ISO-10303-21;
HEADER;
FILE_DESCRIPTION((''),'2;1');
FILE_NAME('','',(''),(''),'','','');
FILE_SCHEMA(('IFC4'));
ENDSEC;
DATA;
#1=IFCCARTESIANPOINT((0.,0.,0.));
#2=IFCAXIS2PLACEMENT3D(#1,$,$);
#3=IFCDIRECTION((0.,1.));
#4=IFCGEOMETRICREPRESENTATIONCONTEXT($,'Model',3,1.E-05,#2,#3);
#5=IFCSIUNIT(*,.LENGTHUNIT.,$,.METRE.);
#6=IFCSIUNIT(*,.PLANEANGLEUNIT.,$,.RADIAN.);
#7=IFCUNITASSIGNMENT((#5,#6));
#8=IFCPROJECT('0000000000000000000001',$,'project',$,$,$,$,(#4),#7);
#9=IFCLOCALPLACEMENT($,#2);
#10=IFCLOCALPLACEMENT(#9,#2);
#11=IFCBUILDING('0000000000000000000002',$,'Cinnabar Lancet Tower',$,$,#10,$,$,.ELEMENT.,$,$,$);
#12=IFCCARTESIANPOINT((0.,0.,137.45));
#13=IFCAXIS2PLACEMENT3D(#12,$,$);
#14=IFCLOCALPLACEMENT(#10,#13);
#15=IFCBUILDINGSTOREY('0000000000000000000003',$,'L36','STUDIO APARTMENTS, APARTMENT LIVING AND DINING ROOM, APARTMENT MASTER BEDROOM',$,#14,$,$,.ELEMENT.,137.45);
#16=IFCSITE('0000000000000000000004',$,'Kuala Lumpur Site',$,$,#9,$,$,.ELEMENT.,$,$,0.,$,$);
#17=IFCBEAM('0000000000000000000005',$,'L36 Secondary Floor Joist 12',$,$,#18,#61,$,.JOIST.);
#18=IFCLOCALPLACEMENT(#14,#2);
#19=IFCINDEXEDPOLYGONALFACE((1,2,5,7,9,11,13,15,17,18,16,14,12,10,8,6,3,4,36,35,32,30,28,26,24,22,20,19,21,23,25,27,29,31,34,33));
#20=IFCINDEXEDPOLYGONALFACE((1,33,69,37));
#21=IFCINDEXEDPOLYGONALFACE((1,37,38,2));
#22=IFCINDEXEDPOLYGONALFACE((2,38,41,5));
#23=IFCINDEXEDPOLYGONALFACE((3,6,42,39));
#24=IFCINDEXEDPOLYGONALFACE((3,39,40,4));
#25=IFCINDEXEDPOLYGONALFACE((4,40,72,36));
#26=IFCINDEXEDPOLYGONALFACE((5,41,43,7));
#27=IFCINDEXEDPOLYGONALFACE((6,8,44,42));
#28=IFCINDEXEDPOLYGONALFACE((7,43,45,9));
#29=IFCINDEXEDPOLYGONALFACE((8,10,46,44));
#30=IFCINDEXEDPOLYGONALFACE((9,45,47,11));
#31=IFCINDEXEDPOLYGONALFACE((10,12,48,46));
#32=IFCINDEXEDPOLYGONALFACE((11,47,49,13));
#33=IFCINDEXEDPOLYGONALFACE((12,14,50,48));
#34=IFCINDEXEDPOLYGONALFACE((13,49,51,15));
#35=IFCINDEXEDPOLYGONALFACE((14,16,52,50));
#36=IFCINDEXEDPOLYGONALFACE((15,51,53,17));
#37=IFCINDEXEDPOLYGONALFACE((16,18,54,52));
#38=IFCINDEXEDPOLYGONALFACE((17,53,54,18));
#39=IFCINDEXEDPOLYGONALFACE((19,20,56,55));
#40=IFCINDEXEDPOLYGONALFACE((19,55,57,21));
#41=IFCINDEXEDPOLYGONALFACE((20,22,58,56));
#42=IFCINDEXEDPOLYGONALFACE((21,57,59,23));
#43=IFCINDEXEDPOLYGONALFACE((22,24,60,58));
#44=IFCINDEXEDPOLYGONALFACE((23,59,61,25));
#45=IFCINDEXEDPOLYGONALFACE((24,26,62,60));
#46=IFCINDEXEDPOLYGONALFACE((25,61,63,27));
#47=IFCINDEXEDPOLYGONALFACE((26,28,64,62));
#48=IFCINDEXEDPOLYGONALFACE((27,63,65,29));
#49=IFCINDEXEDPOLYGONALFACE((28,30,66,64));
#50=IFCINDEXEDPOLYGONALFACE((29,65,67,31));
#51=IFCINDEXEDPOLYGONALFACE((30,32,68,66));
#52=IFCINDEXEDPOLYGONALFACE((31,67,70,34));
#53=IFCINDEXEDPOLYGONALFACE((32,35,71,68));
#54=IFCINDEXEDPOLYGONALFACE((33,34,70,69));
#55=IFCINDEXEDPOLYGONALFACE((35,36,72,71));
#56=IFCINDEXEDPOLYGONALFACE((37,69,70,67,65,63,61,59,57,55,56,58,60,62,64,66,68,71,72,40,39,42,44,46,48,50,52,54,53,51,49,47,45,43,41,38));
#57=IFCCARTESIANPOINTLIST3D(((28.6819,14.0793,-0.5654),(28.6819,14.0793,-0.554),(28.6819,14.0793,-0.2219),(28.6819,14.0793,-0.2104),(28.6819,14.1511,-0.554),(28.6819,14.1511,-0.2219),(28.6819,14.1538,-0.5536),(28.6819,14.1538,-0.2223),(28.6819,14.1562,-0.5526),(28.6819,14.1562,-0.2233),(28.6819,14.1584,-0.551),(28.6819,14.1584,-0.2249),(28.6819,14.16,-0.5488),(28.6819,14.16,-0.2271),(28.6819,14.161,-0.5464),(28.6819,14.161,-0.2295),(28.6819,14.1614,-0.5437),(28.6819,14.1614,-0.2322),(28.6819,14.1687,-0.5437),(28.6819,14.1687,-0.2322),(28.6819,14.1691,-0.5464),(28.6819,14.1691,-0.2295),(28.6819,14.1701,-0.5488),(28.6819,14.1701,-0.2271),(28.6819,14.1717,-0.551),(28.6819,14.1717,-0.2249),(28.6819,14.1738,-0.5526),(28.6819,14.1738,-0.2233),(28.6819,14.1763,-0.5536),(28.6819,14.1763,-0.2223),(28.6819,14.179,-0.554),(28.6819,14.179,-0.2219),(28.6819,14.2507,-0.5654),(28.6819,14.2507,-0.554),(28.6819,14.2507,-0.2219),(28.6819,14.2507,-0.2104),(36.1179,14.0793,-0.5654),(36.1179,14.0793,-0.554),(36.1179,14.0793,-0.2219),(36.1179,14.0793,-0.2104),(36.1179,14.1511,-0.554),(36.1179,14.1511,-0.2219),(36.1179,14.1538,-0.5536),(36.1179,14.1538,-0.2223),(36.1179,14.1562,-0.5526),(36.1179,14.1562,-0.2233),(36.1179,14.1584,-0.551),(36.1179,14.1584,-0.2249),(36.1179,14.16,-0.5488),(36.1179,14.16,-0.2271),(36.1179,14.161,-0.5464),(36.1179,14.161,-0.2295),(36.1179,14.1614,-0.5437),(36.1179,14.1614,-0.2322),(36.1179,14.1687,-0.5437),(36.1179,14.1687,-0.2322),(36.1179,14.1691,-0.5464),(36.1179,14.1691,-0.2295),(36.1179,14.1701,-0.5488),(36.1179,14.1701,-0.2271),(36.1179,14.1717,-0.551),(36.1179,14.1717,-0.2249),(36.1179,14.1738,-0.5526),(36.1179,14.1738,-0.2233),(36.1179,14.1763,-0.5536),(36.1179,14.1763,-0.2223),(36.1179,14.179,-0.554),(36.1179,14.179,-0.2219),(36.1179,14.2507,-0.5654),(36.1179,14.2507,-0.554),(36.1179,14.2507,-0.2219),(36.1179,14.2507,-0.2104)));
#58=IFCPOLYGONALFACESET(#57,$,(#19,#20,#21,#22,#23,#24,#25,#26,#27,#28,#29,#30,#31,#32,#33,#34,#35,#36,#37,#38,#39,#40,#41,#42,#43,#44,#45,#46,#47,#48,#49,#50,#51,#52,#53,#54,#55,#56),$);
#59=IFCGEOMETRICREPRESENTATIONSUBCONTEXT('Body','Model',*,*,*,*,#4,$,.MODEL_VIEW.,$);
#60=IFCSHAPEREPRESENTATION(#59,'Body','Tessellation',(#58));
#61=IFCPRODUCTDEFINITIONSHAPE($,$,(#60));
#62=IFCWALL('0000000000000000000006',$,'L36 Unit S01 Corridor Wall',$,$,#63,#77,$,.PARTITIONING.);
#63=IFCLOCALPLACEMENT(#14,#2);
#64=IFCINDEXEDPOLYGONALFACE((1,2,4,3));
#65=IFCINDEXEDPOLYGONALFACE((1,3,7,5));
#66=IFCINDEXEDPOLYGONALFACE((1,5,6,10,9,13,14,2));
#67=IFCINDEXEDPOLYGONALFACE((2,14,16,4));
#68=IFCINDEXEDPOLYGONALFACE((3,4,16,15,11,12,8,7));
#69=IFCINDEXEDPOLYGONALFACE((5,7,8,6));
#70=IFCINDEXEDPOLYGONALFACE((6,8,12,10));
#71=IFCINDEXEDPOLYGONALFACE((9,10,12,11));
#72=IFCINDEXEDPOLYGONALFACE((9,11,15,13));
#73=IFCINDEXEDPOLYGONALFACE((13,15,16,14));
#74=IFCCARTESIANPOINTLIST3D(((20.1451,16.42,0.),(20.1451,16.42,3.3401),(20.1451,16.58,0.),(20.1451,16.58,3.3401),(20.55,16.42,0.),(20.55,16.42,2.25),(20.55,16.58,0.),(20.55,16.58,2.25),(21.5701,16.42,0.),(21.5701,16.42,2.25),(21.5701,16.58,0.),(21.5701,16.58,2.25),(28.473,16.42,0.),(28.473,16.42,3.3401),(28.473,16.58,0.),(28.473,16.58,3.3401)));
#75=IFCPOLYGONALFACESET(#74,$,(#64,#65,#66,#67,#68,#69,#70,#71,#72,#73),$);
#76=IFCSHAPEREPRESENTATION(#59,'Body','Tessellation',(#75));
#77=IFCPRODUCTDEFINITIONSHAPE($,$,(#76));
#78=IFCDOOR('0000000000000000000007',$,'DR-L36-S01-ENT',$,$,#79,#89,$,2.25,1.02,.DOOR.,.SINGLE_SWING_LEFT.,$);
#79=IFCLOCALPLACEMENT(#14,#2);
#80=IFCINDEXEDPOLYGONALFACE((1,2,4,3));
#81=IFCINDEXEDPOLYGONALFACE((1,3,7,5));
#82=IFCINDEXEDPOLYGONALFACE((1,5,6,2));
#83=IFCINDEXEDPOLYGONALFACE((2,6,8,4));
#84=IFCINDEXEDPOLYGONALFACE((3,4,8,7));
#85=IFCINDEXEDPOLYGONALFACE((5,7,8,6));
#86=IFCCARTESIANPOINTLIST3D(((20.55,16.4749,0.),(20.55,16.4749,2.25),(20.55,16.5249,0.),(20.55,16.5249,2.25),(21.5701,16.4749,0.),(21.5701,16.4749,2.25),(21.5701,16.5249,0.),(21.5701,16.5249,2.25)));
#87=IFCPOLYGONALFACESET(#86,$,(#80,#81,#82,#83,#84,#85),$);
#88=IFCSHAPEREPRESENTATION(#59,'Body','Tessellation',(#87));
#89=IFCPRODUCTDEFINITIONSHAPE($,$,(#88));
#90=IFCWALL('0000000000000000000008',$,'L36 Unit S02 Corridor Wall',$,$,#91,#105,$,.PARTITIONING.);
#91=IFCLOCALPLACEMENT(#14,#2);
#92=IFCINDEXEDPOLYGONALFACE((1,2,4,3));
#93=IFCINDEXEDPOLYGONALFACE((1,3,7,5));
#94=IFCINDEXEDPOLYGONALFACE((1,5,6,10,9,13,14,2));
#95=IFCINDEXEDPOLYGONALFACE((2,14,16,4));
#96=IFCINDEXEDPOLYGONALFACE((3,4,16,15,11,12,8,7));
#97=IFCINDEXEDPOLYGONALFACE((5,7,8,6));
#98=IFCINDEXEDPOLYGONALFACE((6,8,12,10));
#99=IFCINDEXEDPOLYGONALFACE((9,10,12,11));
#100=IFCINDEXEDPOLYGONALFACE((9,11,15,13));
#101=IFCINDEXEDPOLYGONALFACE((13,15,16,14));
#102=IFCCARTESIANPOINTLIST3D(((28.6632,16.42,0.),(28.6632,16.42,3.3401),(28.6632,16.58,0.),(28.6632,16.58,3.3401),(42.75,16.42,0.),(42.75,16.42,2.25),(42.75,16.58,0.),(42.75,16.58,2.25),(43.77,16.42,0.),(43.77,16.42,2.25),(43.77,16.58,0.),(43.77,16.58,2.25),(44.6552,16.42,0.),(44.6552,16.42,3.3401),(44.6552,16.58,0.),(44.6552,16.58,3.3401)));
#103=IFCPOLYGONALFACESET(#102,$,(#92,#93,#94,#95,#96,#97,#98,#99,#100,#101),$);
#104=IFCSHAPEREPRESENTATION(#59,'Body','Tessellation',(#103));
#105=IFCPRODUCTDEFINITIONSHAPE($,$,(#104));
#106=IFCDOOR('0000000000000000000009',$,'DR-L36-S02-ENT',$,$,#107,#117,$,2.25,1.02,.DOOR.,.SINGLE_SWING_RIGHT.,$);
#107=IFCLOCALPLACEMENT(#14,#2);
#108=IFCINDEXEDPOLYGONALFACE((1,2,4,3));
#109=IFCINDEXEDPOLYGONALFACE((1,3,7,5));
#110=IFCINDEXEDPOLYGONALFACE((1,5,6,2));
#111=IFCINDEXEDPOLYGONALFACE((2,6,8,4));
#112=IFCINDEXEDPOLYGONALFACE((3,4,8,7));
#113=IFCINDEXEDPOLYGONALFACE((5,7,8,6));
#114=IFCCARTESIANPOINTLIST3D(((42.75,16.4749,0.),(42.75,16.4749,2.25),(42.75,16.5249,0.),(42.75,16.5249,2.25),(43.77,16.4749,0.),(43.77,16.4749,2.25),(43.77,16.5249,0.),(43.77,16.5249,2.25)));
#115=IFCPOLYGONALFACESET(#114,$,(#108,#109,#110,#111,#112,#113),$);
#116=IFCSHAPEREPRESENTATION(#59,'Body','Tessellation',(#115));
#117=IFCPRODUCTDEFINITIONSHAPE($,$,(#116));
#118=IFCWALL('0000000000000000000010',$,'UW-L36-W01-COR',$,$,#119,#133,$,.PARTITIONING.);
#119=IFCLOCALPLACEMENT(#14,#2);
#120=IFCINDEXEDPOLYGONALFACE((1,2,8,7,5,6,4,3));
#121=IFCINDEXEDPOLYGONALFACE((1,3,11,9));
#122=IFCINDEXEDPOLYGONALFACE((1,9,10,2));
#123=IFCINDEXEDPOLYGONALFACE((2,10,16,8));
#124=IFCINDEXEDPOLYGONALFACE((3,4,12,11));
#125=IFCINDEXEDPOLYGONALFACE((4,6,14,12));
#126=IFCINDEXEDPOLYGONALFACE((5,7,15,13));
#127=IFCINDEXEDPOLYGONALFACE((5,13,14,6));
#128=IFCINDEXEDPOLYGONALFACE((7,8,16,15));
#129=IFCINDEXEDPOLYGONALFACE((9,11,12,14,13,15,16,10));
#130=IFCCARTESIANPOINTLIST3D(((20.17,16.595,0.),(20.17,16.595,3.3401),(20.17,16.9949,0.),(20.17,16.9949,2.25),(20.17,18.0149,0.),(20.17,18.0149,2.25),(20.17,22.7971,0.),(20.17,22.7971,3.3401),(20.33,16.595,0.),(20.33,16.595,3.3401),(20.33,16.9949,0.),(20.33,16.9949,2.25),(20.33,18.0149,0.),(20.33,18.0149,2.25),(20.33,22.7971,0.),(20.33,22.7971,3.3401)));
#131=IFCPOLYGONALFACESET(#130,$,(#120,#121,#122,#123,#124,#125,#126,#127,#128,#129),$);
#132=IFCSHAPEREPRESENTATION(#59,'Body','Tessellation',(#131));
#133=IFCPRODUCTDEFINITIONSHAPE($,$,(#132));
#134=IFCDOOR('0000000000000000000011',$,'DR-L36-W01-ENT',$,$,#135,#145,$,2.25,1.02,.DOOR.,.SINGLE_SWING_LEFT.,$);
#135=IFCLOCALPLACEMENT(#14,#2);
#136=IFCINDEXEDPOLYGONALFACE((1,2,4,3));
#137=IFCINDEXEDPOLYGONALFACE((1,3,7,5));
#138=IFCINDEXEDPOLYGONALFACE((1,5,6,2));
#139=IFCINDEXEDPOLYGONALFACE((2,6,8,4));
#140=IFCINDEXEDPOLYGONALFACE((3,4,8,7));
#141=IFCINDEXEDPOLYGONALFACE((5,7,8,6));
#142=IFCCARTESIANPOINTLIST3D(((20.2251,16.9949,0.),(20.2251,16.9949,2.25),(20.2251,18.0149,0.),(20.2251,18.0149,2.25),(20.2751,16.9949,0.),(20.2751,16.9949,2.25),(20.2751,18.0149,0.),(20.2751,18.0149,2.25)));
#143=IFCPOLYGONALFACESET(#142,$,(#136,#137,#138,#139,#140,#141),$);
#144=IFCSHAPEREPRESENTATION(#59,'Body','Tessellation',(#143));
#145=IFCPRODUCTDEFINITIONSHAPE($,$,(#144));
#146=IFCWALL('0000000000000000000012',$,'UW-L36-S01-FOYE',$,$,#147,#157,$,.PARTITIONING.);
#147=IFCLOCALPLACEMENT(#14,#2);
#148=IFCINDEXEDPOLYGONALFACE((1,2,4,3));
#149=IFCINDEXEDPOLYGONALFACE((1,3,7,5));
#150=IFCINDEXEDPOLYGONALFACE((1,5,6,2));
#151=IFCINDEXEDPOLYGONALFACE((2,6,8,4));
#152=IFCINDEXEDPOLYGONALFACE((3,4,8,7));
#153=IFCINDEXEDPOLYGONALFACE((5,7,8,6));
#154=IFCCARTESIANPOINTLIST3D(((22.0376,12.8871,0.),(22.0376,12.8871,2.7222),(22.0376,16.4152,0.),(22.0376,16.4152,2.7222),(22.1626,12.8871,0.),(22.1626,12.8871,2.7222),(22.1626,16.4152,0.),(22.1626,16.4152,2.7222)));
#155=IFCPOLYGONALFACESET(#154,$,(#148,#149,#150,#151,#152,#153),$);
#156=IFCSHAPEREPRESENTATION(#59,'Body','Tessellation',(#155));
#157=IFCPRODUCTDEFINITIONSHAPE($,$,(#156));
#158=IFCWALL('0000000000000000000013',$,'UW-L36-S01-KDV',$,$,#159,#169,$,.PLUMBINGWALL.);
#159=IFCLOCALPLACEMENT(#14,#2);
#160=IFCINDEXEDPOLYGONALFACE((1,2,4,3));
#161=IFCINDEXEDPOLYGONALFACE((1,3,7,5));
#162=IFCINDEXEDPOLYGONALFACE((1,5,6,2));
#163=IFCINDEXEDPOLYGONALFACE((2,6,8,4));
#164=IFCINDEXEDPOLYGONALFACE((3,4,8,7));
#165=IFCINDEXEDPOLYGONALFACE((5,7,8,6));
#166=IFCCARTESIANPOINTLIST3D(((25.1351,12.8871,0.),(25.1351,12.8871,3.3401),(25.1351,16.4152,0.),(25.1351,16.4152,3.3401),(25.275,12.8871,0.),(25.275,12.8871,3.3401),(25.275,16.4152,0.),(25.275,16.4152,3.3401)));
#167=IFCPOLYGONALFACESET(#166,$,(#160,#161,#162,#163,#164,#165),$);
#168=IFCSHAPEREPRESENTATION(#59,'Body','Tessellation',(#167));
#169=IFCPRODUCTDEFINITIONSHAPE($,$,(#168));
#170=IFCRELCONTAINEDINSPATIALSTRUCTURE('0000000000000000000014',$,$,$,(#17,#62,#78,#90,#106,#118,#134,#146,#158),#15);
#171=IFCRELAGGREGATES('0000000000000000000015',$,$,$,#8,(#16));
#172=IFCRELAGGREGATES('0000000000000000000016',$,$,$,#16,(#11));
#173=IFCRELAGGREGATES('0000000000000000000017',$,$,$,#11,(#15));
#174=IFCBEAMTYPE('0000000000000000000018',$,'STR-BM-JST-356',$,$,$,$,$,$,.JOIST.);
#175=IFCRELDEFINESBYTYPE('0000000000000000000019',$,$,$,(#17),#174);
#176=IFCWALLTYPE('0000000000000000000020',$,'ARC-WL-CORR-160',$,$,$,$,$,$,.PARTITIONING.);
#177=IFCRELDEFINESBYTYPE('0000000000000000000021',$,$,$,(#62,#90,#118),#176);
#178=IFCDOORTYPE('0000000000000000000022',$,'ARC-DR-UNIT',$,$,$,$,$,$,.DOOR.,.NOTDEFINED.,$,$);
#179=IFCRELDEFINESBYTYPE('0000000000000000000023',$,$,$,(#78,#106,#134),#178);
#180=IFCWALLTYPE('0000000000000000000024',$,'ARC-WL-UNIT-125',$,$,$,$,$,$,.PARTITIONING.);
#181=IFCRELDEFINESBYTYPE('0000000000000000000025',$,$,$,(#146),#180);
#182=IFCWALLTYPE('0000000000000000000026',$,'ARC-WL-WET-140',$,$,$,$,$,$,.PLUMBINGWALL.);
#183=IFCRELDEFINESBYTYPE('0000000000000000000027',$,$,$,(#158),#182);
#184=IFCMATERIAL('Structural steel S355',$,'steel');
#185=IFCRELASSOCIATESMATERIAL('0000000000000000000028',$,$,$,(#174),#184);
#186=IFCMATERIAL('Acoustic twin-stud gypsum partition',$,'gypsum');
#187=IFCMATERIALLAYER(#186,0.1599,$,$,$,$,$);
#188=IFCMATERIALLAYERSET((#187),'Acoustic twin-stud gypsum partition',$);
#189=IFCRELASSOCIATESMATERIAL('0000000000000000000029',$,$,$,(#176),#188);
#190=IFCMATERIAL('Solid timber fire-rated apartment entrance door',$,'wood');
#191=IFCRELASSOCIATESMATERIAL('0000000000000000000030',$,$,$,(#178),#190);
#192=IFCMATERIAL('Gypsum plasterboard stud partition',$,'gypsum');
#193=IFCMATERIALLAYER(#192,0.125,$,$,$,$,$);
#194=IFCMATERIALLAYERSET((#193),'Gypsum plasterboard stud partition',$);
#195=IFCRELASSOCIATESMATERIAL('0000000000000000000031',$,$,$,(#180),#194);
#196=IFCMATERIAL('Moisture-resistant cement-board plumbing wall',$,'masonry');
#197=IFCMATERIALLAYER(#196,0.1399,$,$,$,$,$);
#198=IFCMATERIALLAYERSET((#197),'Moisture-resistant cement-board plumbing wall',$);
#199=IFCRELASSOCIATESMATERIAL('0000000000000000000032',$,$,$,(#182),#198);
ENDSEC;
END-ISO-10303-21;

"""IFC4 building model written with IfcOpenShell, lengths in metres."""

from ifc_helpers import new_model, si_unit, direction, frame, frame_2d, origin, origin_2d, place, context, subcontext, project, spatial, rectangle, i_section, extrude, material, layer, layer_set, material_profile, profile_set, type_object, element, fill, save


model = new_model("IFC4")

# Units and contexts
model_context = context("Model", 3, precision=1e-05, world=origin(), true_north=direction((0.0, 1.0)))
body_context = subcontext(model_context, "Body", "Model", "MODEL_VIEW")
ifc_project = project(units=[si_unit("LENGTHUNIT", "METRE"), si_unit("PLANEANGLEUNIT", "RADIAN")], contexts=[model_context])

# Site, building, storey
site_placement = place(None, origin())
site = spatial("IfcSite", under=ifc_project, at=site_placement, Name="Kuala Lumpur Site", CompositionType="ELEMENT", RefElevation=0.0)
building_placement = place(site_placement, origin())
building = spatial("IfcBuilding", under=site, at=building_placement, Name="Cinnabar Lancet Tower", CompositionType="ELEMENT")
storey_placement = place(building_placement, frame((0.0, 0.0, 137.45)))
storey = spatial("IfcBuildingStorey", under=building, at=storey_placement, Name="L36", Description="STUDIO APARTMENTS, APARTMENT LIVING AND DINING ROOM, APARTMENT MASTER BEDROOM", CompositionType="ELEMENT", Elevation=137.45)

# Beam
ifc_material_1 = material(Name="Structural steel S355", Category="steel")
ifc_material_profile = material_profile(ifc_material_1, i_section(OverallWidth=0.1714, OverallDepth=0.355, WebThickness=0.0073, FlangeThickness=0.0115, FilletRadius=0.0103, at=origin_2d()), Name="UKB 356x171x51")
ifc_profile_set = profile_set([ifc_material_profile], Name="Structural steel S355")
beam_type = type_object("IfcBeamType", Name="STR-BM-JST-356", PredefinedType="JOIST", material=ifc_profile_set)
beam_1_placement = place(storey_placement, frame((28.6819, 14.165, -0.3879), z_axis=(1.0, 0.0, 0.0), x_axis=(0.0, 1.0, 0.0)))
element("IfcBeam", 1, at=beam_1_placement, inside=storey, type_object=beam_type, Name="L36 Secondary Floor Joist 12", PredefinedType="JOIST", context=body_context, shape_type="SweptSolid", body=[
    extrude(i_section(OverallWidth=0.1714, OverallDepth=0.355, WebThickness=0.0073, FlangeThickness=0.0115, FilletRadius=0.0103, at=origin_2d()), origin(), (0.0, 0.0, 1.0), 7.436),
])

# Walls, openings, doors
ifc_material_2 = material(Name="Acoustic twin-stud gypsum partition", Category="gypsum")
ifc_layer_1 = layer(ifc_material_2, 0.1599)
ifc_layer_set_1 = layer_set([ifc_layer_1], Name="Acoustic twin-stud gypsum partition")
wall_type_1 = type_object("IfcWallType", Name="ARC-WL-CORR-160", PredefinedType="PARTITIONING", material=ifc_layer_set_1)
wall_1_placement = place(storey_placement, frame((20.145, 16.5, 0.0), z_axis=(0.0, 0.0, 1.0), x_axis=(1.0, 0.0, 0.0)))
wall_1 = element("IfcWall", 2, at=wall_1_placement, inside=storey, type_object=wall_type_1, Name="L36 Unit S01 Corridor Wall", PredefinedType="PARTITIONING", context=body_context, shape_type="SweptSolid", body=[
    extrude(rectangle(XDim=8.3279, YDim=0.1599, at=frame_2d((4.1641, 0.0))), origin(), (0.0, 0.0, 1.0), 3.3401),
])
opening_1_placement = place(wall_1_placement, frame((0.405, 0.0, 0.0)))
opening_1 = element("IfcOpeningElement", 3, at=opening_1_placement, cuts=wall_1, PredefinedType="OPENING", context=body_context, shape_type="SweptSolid", body=[
    extrude(rectangle(XDim=1.02, YDim=2.25, at=frame_2d((0.51, 1.125))), frame((0.0, 0.0898, 0.0), z_axis=(0.0, -1.0, 0.0), x_axis=(1.0, 0.0, 0.0)), (0.0, 0.0, 1.0), 0.1799),
])
ifc_material_3 = material(Name="Solid timber fire-rated apartment entrance door", Category="wood")
door_type = type_object("IfcDoorType", Name="ARC-DR-UNIT", OperationType="NOTDEFINED", PredefinedType="DOOR", material=ifc_material_3)
door_1_placement = place(opening_1_placement, origin())
door_1 = element("IfcDoor", 4, at=door_1_placement, inside=storey, type_object=door_type, Name="DR-L36-S01-ENT", OperationType="SINGLE_SWING_LEFT", OverallHeight=2.25, OverallWidth=1.02, PredefinedType="DOOR", context=body_context, shape_type="SweptSolid", body=[
    extrude(rectangle(XDim=1.02, YDim=2.25, at=frame_2d((0.51, 1.125))), frame((0.0, 0.0249, 0.0), z_axis=(0.0, -1.0, 0.0), x_axis=(1.0, 0.0, 0.0)), (0.0, 0.0, 1.0), 0.05),
])
fill(opening_1, door_1)
wall_2_placement = place(storey_placement, frame((28.6631, 16.5, 0.0), z_axis=(0.0, 0.0, 1.0), x_axis=(1.0, 0.0, 0.0)))
wall_2 = element("IfcWall", 5, at=wall_2_placement, inside=storey, type_object=wall_type_1, Name="L36 Unit S02 Corridor Wall", PredefinedType="PARTITIONING", context=body_context, shape_type="SweptSolid", body=[
    extrude(rectangle(XDim=15.9919, YDim=0.1599, at=frame_2d((7.9961, 0.0))), origin(), (0.0, 0.0, 1.0), 3.3401),
])
opening_2_placement = place(wall_2_placement, frame((14.0869, 0.0, 0.0)))
opening_2 = element("IfcOpeningElement", 6, at=opening_2_placement, cuts=wall_2, PredefinedType="OPENING", context=body_context, shape_type="SweptSolid", body=[
    extrude(rectangle(XDim=1.02, YDim=2.25, at=frame_2d((0.51, 1.125))), frame((0.0, 0.0898, 0.0), z_axis=(0.0, -1.0, 0.0), x_axis=(1.0, 0.0, 0.0)), (0.0, 0.0, 1.0), 0.1799),
])
door_2_placement = place(opening_2_placement, origin())
door_2 = element("IfcDoor", 7, at=door_2_placement, inside=storey, type_object=door_type, Name="DR-L36-S02-ENT", OperationType="SINGLE_SWING_RIGHT", OverallHeight=2.25, OverallWidth=1.02, PredefinedType="DOOR", context=body_context, shape_type="SweptSolid", body=[
    extrude(rectangle(XDim=1.02, YDim=2.25, at=frame_2d((0.51, 1.125))), frame((0.0, 0.0249, 0.0), z_axis=(0.0, -1.0, 0.0), x_axis=(1.0, 0.0, 0.0)), (0.0, 0.0, 1.0), 0.05),
])
fill(opening_2, door_2)
wall_3_placement = place(storey_placement, frame((20.25, 16.595, 0.0), z_axis=(0.0, 0.0, 1.0), x_axis=(0.0, 1.0, 0.0)))
wall_3 = element("IfcWall", 8, at=wall_3_placement, inside=storey, type_object=wall_type_1, Name="UW-L36-W01-COR", PredefinedType="PARTITIONING", context=body_context, shape_type="SweptSolid", body=[
    extrude(rectangle(XDim=6.2021, YDim=0.1599, at=frame_2d((3.1011, 0.0))), origin(), (0.0, 0.0, 1.0), 3.3401),
])
opening_3_placement = place(wall_3_placement, frame((0.3999, 0.0, 0.0)))
opening_3 = element("IfcOpeningElement", 9, at=opening_3_placement, cuts=wall_3, PredefinedType="OPENING", context=body_context, shape_type="SweptSolid", body=[
    extrude(rectangle(XDim=1.02, YDim=2.25, at=frame_2d((0.51, 1.125))), frame((0.0, 0.0898, 0.0), z_axis=(0.0, -1.0, 0.0), x_axis=(1.0, 0.0, 0.0)), (0.0, 0.0, 1.0), 0.1799),
])
door_3_placement = place(opening_3_placement, origin())
door_3 = element("IfcDoor", 10, at=door_3_placement, inside=storey, type_object=door_type, Name="DR-L36-W01-ENT", OperationType="SINGLE_SWING_LEFT", OverallHeight=2.25, OverallWidth=1.02, PredefinedType="DOOR", context=body_context, shape_type="SweptSolid", body=[
    extrude(rectangle(XDim=1.02, YDim=2.25, at=frame_2d((0.51, 1.125))), frame((0.0, 0.0249, 0.0), z_axis=(0.0, -1.0, 0.0), x_axis=(1.0, 0.0, 0.0)), (0.0, 0.0, 1.0), 0.05),
])
fill(opening_3, door_3)

# Walls
ifc_material_4 = material(Name="Gypsum plasterboard stud partition", Category="gypsum")
ifc_layer_2 = layer(ifc_material_4, 0.125)
ifc_layer_set_2 = layer_set([ifc_layer_2], Name="Gypsum plasterboard stud partition")
wall_type_2 = type_object("IfcWallType", Name="ARC-WL-UNIT-125", PredefinedType="PARTITIONING", material=ifc_layer_set_2)
wall_4_placement = place(storey_placement, frame((22.1001, 12.887, 0.0), z_axis=(0.0, 0.0, 1.0), x_axis=(0.0, 1.0, 0.0)))
element("IfcWall", 11, at=wall_4_placement, inside=storey, type_object=wall_type_2, Name="UW-L36-S01-FOYE", PredefinedType="PARTITIONING", context=body_context, shape_type="SweptSolid", body=[
    extrude(rectangle(XDim=3.5281, YDim=0.125, at=frame_2d((1.7642, 0.0))), origin(), (0.0, 0.0, 1.0), 2.7222),
])
ifc_material_5 = material(Name="Moisture-resistant cement-board plumbing wall", Category="masonry")
ifc_layer_3 = layer(ifc_material_5, 0.1399)
ifc_layer_set_3 = layer_set([ifc_layer_3], Name="Moisture-resistant cement-board plumbing wall")
wall_type_3 = type_object("IfcWallType", Name="ARC-WL-WET-140", PredefinedType="PLUMBINGWALL", material=ifc_layer_set_3)
wall_5_placement = place(storey_placement, frame((25.2051, 12.887, 0.0), z_axis=(0.0, 0.0, 1.0), x_axis=(0.0, 1.0, 0.0)))
element("IfcWall", 12, at=wall_5_placement, inside=storey, type_object=wall_type_3, Name="UW-L36-S01-KDV", PredefinedType="PLUMBINGWALL", context=body_context, shape_type="SweptSolid", body=[
    extrude(rectangle(XDim=3.5281, YDim=0.1399, at=frame_2d((1.7642, 0.0))), origin(), (0.0, 0.0, 1.0), 3.3401),
])

save(model, "model.ifc")
